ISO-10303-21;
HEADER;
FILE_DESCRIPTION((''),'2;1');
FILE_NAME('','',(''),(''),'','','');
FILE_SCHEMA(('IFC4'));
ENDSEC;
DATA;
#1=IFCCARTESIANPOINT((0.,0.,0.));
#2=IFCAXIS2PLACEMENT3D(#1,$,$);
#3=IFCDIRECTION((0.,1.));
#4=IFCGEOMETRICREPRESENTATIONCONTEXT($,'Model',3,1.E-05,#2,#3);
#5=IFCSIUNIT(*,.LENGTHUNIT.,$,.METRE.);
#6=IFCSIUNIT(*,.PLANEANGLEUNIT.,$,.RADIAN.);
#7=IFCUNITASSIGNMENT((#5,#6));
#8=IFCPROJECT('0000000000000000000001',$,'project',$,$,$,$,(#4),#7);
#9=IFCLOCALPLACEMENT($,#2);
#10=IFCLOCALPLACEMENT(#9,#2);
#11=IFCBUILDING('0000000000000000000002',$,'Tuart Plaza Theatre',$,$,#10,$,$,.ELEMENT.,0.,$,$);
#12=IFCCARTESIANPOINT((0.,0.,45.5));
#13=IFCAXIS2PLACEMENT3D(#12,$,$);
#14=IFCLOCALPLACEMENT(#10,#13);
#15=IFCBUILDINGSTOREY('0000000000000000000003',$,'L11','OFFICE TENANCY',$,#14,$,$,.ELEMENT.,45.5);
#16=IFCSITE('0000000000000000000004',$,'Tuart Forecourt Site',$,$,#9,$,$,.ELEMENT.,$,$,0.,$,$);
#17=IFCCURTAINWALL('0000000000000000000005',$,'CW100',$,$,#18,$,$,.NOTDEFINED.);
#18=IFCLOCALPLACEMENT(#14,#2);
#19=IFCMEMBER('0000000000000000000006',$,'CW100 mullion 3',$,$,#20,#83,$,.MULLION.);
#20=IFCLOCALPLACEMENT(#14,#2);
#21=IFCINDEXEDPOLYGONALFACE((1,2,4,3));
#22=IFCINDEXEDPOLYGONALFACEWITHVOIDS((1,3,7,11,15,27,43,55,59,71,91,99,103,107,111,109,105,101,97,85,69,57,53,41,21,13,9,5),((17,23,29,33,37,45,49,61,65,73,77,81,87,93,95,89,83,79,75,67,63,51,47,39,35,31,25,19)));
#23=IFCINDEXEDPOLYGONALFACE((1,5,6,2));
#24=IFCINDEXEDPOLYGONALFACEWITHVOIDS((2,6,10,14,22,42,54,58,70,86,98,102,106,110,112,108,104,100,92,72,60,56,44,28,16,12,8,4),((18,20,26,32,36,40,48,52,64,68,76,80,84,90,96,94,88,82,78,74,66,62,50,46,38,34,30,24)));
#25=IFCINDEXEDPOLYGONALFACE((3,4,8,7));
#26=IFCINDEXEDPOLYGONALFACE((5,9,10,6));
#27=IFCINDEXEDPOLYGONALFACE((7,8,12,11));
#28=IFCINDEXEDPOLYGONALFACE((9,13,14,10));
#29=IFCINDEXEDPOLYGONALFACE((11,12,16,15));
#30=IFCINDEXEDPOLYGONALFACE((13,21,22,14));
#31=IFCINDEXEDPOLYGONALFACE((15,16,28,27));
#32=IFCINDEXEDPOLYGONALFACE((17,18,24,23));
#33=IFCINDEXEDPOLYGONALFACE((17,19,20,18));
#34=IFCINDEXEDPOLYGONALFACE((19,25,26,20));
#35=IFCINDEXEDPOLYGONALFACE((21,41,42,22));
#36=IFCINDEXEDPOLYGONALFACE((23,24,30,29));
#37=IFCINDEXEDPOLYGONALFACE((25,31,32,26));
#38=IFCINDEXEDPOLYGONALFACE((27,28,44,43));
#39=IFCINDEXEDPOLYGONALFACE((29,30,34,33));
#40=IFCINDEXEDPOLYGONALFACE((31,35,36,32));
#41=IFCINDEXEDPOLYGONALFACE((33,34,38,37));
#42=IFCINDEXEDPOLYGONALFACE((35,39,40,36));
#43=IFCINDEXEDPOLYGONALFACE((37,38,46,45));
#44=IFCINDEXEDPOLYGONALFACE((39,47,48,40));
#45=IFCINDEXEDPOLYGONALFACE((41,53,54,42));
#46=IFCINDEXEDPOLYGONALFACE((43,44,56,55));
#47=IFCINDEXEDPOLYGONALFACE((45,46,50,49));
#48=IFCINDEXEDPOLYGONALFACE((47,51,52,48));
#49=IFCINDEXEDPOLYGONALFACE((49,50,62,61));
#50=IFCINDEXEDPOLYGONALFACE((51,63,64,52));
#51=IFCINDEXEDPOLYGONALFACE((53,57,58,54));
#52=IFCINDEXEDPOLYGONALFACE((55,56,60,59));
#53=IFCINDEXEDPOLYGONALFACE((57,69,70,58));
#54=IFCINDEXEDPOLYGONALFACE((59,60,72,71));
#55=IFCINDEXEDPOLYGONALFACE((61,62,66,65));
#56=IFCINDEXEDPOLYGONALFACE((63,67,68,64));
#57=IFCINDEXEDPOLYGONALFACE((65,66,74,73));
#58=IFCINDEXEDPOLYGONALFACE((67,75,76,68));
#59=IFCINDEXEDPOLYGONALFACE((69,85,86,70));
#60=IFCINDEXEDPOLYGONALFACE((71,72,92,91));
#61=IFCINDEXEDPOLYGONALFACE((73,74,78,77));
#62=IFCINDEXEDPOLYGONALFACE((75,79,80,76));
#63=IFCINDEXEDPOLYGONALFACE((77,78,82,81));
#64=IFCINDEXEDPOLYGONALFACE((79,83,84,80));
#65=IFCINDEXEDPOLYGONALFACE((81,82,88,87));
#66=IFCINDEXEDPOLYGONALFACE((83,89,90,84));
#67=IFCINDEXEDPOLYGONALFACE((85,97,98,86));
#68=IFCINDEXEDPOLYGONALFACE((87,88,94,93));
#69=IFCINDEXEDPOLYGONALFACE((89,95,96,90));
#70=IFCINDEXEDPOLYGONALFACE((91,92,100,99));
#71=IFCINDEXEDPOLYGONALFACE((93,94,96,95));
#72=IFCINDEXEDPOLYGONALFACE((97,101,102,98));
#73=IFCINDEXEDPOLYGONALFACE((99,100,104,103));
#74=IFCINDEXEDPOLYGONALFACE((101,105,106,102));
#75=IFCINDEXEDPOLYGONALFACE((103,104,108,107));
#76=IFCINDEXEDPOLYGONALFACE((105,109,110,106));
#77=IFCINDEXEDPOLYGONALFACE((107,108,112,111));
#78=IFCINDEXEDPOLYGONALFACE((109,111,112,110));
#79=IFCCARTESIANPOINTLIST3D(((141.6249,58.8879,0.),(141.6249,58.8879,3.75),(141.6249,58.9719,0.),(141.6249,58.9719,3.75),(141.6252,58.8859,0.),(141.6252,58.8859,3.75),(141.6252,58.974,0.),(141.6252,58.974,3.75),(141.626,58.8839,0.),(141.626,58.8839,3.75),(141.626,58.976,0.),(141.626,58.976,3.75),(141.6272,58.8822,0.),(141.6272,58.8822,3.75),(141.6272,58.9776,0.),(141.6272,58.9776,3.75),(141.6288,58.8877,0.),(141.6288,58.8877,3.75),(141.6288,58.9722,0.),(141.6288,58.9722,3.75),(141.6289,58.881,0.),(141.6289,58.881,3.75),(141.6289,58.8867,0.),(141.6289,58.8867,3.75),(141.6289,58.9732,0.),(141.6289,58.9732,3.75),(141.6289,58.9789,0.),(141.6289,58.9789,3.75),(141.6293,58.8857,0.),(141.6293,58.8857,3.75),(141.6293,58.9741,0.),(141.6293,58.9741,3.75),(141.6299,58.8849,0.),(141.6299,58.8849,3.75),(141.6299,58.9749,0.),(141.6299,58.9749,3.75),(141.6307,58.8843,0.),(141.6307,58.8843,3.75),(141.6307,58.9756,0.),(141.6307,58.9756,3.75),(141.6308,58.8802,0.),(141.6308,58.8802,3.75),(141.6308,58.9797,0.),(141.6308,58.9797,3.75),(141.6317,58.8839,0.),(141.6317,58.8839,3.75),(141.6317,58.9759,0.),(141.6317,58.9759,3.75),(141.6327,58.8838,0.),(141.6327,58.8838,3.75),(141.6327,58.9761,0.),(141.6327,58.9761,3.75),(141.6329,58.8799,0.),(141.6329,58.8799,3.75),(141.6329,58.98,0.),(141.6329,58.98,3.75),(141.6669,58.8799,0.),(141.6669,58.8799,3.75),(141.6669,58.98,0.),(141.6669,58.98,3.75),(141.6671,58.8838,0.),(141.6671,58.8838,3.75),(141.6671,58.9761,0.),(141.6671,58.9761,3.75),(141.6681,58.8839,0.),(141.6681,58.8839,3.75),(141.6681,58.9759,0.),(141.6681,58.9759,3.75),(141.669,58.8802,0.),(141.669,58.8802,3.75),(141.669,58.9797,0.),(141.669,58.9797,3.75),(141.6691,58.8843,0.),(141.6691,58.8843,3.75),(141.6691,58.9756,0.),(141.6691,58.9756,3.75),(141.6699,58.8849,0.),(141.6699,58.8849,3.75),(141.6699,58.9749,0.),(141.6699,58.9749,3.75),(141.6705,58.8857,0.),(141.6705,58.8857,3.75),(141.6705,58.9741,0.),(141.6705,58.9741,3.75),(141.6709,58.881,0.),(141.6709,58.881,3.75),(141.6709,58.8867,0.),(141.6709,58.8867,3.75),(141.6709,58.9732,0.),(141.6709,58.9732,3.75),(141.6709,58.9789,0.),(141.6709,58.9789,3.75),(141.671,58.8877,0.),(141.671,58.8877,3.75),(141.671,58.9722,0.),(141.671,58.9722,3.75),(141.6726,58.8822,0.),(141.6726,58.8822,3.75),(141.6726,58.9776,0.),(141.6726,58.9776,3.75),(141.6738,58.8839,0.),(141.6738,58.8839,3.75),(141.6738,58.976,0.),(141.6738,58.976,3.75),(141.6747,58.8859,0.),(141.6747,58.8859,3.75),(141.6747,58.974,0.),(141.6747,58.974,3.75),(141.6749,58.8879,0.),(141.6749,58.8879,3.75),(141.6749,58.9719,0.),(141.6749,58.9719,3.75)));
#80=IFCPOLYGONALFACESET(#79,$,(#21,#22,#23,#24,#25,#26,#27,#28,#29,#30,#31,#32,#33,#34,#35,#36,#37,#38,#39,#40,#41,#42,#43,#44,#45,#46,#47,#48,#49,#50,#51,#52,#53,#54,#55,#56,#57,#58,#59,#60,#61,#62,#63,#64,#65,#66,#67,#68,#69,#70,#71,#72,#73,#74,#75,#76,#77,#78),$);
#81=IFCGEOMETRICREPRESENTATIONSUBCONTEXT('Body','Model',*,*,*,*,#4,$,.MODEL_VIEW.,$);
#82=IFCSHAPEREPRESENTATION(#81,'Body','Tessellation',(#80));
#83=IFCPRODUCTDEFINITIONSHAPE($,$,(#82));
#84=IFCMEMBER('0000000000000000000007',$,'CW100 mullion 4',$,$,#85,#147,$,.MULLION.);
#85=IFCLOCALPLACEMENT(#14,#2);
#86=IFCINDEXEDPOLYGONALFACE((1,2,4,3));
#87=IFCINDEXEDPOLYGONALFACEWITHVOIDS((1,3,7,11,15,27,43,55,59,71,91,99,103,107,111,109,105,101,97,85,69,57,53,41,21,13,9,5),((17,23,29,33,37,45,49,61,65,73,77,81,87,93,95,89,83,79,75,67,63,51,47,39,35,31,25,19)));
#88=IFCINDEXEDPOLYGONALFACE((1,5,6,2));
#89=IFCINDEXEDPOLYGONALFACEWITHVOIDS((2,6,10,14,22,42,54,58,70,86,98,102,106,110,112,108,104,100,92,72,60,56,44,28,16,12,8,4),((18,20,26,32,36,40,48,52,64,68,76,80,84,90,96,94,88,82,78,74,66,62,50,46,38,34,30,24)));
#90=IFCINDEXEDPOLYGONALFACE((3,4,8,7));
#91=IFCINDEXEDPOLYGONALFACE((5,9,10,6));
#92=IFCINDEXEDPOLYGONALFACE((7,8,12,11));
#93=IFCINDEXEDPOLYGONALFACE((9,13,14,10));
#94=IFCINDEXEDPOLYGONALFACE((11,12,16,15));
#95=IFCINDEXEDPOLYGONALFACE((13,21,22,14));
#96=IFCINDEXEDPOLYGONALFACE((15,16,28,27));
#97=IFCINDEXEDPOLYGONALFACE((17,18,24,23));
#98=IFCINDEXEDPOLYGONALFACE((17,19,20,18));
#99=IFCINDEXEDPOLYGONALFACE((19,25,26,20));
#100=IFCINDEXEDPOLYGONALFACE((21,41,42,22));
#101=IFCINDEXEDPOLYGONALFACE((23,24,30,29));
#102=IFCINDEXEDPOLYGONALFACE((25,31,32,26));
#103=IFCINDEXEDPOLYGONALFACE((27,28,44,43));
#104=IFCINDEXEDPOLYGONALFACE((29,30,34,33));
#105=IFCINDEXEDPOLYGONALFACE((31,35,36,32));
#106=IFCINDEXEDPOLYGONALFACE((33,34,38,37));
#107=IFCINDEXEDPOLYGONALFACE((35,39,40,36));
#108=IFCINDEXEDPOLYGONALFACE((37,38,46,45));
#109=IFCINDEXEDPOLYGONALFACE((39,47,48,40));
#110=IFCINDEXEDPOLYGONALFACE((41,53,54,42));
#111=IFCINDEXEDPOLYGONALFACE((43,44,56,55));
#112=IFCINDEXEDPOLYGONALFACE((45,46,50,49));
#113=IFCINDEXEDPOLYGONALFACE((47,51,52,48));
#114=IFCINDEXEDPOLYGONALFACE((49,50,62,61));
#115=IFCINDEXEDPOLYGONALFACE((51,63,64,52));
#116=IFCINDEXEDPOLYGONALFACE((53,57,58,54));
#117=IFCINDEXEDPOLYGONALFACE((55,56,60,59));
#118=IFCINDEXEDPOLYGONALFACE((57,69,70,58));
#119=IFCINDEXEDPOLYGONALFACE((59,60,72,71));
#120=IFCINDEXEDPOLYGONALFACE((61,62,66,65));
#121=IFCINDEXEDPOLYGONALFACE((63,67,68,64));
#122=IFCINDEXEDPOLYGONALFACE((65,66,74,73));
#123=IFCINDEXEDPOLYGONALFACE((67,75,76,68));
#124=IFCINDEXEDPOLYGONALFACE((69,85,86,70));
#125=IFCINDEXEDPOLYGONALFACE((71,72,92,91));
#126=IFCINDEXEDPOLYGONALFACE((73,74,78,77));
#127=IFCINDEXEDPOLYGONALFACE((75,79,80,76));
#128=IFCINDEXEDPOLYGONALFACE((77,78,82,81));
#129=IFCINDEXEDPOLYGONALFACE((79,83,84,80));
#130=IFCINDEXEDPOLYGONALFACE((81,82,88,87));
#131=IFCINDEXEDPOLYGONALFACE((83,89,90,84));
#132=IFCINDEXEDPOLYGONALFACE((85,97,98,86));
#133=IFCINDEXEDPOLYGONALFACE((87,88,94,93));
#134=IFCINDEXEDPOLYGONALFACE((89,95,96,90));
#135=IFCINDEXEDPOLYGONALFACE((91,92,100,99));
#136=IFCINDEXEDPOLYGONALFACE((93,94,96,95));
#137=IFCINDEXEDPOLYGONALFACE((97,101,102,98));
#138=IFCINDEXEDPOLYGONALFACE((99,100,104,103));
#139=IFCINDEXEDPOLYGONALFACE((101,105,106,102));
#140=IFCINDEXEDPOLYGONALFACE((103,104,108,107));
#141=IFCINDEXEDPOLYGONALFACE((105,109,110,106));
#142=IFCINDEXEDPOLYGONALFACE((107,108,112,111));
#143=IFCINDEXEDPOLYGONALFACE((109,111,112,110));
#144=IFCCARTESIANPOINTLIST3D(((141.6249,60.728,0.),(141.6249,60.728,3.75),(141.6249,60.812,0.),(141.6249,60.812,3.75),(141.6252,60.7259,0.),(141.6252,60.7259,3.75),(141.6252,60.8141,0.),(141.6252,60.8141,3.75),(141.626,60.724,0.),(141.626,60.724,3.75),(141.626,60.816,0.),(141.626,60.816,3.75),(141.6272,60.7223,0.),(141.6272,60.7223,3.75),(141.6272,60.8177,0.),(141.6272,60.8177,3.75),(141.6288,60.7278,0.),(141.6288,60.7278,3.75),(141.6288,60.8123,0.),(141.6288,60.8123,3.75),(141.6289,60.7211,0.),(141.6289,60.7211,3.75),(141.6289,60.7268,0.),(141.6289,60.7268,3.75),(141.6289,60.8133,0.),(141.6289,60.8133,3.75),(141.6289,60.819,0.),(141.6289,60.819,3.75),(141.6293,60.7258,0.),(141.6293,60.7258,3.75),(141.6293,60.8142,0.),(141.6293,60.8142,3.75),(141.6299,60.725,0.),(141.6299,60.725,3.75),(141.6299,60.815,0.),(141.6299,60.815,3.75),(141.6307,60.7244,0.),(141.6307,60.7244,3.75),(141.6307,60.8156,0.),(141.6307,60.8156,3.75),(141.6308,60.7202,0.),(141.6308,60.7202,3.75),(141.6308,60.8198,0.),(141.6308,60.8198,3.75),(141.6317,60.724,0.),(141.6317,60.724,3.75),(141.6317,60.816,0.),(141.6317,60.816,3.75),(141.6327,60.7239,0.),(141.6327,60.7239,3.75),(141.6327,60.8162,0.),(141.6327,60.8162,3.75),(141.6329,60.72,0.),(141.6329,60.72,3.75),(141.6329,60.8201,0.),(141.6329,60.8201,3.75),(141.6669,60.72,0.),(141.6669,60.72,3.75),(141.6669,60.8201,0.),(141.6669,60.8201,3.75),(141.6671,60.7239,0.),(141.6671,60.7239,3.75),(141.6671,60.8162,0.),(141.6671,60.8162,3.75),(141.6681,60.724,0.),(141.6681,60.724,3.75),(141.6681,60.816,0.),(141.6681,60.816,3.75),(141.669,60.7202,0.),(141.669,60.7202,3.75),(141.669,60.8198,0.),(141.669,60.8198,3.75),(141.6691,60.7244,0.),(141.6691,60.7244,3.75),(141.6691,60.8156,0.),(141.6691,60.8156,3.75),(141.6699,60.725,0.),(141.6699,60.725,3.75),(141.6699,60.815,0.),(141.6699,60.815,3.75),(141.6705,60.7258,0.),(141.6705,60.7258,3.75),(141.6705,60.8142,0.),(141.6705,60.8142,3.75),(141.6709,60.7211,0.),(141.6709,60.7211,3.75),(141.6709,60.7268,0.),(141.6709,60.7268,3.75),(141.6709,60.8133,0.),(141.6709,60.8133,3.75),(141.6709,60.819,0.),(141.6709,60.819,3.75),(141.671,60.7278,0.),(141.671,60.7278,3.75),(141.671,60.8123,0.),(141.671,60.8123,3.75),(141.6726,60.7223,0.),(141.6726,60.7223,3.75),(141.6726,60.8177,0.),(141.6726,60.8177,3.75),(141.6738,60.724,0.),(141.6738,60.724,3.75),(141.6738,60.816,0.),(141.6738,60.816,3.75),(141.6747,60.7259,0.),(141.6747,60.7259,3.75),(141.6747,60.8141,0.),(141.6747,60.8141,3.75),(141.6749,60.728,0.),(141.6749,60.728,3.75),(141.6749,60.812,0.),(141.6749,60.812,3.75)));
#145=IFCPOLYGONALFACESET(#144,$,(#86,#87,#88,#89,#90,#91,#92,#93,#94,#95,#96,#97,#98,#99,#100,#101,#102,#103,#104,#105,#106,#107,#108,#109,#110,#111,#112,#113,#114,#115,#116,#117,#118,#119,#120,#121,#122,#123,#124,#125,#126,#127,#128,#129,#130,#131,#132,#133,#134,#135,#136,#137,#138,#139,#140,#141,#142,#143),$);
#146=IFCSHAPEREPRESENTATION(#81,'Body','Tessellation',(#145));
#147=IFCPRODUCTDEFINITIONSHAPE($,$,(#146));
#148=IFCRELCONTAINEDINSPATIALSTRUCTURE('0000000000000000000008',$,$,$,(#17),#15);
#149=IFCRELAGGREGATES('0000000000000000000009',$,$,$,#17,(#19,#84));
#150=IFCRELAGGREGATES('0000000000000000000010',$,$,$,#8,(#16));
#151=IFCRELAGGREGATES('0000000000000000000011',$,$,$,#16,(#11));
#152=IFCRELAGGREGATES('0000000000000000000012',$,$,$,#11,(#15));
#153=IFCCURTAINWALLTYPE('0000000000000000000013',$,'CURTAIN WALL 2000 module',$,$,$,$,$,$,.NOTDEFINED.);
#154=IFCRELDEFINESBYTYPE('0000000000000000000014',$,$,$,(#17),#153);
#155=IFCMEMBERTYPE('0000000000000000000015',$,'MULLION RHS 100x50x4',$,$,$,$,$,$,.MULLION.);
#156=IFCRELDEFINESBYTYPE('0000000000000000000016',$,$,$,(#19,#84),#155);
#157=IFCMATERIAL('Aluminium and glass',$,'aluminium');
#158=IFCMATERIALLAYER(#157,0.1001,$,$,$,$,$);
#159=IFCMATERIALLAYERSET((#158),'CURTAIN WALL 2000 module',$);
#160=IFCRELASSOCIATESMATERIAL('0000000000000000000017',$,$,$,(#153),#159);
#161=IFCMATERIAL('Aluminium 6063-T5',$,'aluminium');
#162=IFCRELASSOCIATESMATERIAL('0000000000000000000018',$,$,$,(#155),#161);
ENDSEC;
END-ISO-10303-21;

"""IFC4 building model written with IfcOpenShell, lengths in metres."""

from ifc_helpers import new_model, si_unit, direction, frame, origin, origin_2d, place, context, subcontext, project, spatial, hollow_rectangle, extrude, material, layer, layer_set, material_profile, profile_set, type_object, element, aggregate, save


model = new_model("IFC4")

# Units and contexts
model_context = context("Model", 3, precision=1e-05, world=origin(), true_north=direction((0.0, 1.0)))
body_context = subcontext(model_context, "Body", "Model", "MODEL_VIEW")
ifc_project = project(units=[si_unit("LENGTHUNIT", "METRE"), si_unit("PLANEANGLEUNIT", "RADIAN")], contexts=[model_context])

# Site, building, storey
site_placement = place(None, origin())
site = spatial("IfcSite", under=ifc_project, at=site_placement, Name="Tuart Forecourt Site", CompositionType="ELEMENT", RefElevation=0.0)
building_placement = place(site_placement, origin())
building = spatial("IfcBuilding", under=site, at=building_placement, Name="Tuart Plaza Theatre", CompositionType="ELEMENT", ElevationOfRefHeight=0.0)
storey_placement = place(building_placement, frame((0.0, 0.0, 45.5)))
storey = spatial("IfcBuildingStorey", under=building, at=storey_placement, Name="L11", Description="OFFICE TENANCY", CompositionType="ELEMENT", Elevation=45.5)

# Curtain wall, members
ifc_material_1 = material(Name="Aluminium and glass", Category="aluminium")
ifc_layer_1 = layer(ifc_material_1, 0.1001)
ifc_layer_set_1 = layer_set([ifc_layer_1], Name="CURTAIN WALL 2000 module")
curtain_wall_type = type_object("IfcCurtainWallType", Name="CURTAIN WALL 2000 module", PredefinedType="NOTDEFINED", material=ifc_layer_set_1)
curtain_wall_1_placement = place(storey_placement, origin())
curtain_wall_1 = element("IfcCurtainWall", 1, at=curtain_wall_1_placement, inside=storey, type_object=curtain_wall_type, Name="CW100", PredefinedType="NOTDEFINED")
ifc_material_2 = material(Name="Aluminium 6063-T5", Category="aluminium")
ifc_material_profile_1 = material_profile(ifc_material_2, hollow_rectangle(XDim=0.05, YDim=0.1001, WallThickness=0.0039, InnerFilletRadius=0.0039, OuterFilletRadius=0.0081, at=origin_2d()), Name="RHS 100x50x4")
ifc_profile_set_1 = profile_set([ifc_material_profile_1], Name="Aluminium 6063-T5")
member_type_1 = type_object("IfcMemberType", Name="MULLION RHS 100x50x4", PredefinedType="MULLION", material=ifc_profile_set_1)
member_1_placement = place(storey_placement, frame((141.6499, 58.9299, 0.0), z_axis=(0.0, 0.0, 1.0), x_axis=(-1.0, 0.0, 0.0)))
member_1 = element("IfcMember", 2, at=member_1_placement, type_object=member_type_1, Name="CW100 mullion 3", PredefinedType="MULLION", context=body_context, shape_type="SweptSolid", body=[
    extrude(hollow_rectangle(XDim=0.05, YDim=0.1001, WallThickness=0.0039, InnerFilletRadius=0.0039, OuterFilletRadius=0.0081, at=origin_2d()), origin(), (0.0, 0.0, 1.0), 3.75),
])
member_2_placement = place(storey_placement, frame((141.6499, 60.77, 0.0), z_axis=(0.0, 0.0, 1.0), x_axis=(-1.0, 0.0, 0.0)))
member_2 = element("IfcMember", 3, at=member_2_placement, type_object=member_type_1, Name="CW100 mullion 4", PredefinedType="MULLION", context=body_context, shape_type="SweptSolid", body=[
    extrude(hollow_rectangle(XDim=0.05, YDim=0.1001, WallThickness=0.0039, InnerFilletRadius=0.0039, OuterFilletRadius=0.0081, at=origin_2d()), origin(), (0.0, 0.0, 1.0), 3.75),
])

aggregate(curtain_wall_1, [member_1, member_2])

save(model, "model.ifc")
